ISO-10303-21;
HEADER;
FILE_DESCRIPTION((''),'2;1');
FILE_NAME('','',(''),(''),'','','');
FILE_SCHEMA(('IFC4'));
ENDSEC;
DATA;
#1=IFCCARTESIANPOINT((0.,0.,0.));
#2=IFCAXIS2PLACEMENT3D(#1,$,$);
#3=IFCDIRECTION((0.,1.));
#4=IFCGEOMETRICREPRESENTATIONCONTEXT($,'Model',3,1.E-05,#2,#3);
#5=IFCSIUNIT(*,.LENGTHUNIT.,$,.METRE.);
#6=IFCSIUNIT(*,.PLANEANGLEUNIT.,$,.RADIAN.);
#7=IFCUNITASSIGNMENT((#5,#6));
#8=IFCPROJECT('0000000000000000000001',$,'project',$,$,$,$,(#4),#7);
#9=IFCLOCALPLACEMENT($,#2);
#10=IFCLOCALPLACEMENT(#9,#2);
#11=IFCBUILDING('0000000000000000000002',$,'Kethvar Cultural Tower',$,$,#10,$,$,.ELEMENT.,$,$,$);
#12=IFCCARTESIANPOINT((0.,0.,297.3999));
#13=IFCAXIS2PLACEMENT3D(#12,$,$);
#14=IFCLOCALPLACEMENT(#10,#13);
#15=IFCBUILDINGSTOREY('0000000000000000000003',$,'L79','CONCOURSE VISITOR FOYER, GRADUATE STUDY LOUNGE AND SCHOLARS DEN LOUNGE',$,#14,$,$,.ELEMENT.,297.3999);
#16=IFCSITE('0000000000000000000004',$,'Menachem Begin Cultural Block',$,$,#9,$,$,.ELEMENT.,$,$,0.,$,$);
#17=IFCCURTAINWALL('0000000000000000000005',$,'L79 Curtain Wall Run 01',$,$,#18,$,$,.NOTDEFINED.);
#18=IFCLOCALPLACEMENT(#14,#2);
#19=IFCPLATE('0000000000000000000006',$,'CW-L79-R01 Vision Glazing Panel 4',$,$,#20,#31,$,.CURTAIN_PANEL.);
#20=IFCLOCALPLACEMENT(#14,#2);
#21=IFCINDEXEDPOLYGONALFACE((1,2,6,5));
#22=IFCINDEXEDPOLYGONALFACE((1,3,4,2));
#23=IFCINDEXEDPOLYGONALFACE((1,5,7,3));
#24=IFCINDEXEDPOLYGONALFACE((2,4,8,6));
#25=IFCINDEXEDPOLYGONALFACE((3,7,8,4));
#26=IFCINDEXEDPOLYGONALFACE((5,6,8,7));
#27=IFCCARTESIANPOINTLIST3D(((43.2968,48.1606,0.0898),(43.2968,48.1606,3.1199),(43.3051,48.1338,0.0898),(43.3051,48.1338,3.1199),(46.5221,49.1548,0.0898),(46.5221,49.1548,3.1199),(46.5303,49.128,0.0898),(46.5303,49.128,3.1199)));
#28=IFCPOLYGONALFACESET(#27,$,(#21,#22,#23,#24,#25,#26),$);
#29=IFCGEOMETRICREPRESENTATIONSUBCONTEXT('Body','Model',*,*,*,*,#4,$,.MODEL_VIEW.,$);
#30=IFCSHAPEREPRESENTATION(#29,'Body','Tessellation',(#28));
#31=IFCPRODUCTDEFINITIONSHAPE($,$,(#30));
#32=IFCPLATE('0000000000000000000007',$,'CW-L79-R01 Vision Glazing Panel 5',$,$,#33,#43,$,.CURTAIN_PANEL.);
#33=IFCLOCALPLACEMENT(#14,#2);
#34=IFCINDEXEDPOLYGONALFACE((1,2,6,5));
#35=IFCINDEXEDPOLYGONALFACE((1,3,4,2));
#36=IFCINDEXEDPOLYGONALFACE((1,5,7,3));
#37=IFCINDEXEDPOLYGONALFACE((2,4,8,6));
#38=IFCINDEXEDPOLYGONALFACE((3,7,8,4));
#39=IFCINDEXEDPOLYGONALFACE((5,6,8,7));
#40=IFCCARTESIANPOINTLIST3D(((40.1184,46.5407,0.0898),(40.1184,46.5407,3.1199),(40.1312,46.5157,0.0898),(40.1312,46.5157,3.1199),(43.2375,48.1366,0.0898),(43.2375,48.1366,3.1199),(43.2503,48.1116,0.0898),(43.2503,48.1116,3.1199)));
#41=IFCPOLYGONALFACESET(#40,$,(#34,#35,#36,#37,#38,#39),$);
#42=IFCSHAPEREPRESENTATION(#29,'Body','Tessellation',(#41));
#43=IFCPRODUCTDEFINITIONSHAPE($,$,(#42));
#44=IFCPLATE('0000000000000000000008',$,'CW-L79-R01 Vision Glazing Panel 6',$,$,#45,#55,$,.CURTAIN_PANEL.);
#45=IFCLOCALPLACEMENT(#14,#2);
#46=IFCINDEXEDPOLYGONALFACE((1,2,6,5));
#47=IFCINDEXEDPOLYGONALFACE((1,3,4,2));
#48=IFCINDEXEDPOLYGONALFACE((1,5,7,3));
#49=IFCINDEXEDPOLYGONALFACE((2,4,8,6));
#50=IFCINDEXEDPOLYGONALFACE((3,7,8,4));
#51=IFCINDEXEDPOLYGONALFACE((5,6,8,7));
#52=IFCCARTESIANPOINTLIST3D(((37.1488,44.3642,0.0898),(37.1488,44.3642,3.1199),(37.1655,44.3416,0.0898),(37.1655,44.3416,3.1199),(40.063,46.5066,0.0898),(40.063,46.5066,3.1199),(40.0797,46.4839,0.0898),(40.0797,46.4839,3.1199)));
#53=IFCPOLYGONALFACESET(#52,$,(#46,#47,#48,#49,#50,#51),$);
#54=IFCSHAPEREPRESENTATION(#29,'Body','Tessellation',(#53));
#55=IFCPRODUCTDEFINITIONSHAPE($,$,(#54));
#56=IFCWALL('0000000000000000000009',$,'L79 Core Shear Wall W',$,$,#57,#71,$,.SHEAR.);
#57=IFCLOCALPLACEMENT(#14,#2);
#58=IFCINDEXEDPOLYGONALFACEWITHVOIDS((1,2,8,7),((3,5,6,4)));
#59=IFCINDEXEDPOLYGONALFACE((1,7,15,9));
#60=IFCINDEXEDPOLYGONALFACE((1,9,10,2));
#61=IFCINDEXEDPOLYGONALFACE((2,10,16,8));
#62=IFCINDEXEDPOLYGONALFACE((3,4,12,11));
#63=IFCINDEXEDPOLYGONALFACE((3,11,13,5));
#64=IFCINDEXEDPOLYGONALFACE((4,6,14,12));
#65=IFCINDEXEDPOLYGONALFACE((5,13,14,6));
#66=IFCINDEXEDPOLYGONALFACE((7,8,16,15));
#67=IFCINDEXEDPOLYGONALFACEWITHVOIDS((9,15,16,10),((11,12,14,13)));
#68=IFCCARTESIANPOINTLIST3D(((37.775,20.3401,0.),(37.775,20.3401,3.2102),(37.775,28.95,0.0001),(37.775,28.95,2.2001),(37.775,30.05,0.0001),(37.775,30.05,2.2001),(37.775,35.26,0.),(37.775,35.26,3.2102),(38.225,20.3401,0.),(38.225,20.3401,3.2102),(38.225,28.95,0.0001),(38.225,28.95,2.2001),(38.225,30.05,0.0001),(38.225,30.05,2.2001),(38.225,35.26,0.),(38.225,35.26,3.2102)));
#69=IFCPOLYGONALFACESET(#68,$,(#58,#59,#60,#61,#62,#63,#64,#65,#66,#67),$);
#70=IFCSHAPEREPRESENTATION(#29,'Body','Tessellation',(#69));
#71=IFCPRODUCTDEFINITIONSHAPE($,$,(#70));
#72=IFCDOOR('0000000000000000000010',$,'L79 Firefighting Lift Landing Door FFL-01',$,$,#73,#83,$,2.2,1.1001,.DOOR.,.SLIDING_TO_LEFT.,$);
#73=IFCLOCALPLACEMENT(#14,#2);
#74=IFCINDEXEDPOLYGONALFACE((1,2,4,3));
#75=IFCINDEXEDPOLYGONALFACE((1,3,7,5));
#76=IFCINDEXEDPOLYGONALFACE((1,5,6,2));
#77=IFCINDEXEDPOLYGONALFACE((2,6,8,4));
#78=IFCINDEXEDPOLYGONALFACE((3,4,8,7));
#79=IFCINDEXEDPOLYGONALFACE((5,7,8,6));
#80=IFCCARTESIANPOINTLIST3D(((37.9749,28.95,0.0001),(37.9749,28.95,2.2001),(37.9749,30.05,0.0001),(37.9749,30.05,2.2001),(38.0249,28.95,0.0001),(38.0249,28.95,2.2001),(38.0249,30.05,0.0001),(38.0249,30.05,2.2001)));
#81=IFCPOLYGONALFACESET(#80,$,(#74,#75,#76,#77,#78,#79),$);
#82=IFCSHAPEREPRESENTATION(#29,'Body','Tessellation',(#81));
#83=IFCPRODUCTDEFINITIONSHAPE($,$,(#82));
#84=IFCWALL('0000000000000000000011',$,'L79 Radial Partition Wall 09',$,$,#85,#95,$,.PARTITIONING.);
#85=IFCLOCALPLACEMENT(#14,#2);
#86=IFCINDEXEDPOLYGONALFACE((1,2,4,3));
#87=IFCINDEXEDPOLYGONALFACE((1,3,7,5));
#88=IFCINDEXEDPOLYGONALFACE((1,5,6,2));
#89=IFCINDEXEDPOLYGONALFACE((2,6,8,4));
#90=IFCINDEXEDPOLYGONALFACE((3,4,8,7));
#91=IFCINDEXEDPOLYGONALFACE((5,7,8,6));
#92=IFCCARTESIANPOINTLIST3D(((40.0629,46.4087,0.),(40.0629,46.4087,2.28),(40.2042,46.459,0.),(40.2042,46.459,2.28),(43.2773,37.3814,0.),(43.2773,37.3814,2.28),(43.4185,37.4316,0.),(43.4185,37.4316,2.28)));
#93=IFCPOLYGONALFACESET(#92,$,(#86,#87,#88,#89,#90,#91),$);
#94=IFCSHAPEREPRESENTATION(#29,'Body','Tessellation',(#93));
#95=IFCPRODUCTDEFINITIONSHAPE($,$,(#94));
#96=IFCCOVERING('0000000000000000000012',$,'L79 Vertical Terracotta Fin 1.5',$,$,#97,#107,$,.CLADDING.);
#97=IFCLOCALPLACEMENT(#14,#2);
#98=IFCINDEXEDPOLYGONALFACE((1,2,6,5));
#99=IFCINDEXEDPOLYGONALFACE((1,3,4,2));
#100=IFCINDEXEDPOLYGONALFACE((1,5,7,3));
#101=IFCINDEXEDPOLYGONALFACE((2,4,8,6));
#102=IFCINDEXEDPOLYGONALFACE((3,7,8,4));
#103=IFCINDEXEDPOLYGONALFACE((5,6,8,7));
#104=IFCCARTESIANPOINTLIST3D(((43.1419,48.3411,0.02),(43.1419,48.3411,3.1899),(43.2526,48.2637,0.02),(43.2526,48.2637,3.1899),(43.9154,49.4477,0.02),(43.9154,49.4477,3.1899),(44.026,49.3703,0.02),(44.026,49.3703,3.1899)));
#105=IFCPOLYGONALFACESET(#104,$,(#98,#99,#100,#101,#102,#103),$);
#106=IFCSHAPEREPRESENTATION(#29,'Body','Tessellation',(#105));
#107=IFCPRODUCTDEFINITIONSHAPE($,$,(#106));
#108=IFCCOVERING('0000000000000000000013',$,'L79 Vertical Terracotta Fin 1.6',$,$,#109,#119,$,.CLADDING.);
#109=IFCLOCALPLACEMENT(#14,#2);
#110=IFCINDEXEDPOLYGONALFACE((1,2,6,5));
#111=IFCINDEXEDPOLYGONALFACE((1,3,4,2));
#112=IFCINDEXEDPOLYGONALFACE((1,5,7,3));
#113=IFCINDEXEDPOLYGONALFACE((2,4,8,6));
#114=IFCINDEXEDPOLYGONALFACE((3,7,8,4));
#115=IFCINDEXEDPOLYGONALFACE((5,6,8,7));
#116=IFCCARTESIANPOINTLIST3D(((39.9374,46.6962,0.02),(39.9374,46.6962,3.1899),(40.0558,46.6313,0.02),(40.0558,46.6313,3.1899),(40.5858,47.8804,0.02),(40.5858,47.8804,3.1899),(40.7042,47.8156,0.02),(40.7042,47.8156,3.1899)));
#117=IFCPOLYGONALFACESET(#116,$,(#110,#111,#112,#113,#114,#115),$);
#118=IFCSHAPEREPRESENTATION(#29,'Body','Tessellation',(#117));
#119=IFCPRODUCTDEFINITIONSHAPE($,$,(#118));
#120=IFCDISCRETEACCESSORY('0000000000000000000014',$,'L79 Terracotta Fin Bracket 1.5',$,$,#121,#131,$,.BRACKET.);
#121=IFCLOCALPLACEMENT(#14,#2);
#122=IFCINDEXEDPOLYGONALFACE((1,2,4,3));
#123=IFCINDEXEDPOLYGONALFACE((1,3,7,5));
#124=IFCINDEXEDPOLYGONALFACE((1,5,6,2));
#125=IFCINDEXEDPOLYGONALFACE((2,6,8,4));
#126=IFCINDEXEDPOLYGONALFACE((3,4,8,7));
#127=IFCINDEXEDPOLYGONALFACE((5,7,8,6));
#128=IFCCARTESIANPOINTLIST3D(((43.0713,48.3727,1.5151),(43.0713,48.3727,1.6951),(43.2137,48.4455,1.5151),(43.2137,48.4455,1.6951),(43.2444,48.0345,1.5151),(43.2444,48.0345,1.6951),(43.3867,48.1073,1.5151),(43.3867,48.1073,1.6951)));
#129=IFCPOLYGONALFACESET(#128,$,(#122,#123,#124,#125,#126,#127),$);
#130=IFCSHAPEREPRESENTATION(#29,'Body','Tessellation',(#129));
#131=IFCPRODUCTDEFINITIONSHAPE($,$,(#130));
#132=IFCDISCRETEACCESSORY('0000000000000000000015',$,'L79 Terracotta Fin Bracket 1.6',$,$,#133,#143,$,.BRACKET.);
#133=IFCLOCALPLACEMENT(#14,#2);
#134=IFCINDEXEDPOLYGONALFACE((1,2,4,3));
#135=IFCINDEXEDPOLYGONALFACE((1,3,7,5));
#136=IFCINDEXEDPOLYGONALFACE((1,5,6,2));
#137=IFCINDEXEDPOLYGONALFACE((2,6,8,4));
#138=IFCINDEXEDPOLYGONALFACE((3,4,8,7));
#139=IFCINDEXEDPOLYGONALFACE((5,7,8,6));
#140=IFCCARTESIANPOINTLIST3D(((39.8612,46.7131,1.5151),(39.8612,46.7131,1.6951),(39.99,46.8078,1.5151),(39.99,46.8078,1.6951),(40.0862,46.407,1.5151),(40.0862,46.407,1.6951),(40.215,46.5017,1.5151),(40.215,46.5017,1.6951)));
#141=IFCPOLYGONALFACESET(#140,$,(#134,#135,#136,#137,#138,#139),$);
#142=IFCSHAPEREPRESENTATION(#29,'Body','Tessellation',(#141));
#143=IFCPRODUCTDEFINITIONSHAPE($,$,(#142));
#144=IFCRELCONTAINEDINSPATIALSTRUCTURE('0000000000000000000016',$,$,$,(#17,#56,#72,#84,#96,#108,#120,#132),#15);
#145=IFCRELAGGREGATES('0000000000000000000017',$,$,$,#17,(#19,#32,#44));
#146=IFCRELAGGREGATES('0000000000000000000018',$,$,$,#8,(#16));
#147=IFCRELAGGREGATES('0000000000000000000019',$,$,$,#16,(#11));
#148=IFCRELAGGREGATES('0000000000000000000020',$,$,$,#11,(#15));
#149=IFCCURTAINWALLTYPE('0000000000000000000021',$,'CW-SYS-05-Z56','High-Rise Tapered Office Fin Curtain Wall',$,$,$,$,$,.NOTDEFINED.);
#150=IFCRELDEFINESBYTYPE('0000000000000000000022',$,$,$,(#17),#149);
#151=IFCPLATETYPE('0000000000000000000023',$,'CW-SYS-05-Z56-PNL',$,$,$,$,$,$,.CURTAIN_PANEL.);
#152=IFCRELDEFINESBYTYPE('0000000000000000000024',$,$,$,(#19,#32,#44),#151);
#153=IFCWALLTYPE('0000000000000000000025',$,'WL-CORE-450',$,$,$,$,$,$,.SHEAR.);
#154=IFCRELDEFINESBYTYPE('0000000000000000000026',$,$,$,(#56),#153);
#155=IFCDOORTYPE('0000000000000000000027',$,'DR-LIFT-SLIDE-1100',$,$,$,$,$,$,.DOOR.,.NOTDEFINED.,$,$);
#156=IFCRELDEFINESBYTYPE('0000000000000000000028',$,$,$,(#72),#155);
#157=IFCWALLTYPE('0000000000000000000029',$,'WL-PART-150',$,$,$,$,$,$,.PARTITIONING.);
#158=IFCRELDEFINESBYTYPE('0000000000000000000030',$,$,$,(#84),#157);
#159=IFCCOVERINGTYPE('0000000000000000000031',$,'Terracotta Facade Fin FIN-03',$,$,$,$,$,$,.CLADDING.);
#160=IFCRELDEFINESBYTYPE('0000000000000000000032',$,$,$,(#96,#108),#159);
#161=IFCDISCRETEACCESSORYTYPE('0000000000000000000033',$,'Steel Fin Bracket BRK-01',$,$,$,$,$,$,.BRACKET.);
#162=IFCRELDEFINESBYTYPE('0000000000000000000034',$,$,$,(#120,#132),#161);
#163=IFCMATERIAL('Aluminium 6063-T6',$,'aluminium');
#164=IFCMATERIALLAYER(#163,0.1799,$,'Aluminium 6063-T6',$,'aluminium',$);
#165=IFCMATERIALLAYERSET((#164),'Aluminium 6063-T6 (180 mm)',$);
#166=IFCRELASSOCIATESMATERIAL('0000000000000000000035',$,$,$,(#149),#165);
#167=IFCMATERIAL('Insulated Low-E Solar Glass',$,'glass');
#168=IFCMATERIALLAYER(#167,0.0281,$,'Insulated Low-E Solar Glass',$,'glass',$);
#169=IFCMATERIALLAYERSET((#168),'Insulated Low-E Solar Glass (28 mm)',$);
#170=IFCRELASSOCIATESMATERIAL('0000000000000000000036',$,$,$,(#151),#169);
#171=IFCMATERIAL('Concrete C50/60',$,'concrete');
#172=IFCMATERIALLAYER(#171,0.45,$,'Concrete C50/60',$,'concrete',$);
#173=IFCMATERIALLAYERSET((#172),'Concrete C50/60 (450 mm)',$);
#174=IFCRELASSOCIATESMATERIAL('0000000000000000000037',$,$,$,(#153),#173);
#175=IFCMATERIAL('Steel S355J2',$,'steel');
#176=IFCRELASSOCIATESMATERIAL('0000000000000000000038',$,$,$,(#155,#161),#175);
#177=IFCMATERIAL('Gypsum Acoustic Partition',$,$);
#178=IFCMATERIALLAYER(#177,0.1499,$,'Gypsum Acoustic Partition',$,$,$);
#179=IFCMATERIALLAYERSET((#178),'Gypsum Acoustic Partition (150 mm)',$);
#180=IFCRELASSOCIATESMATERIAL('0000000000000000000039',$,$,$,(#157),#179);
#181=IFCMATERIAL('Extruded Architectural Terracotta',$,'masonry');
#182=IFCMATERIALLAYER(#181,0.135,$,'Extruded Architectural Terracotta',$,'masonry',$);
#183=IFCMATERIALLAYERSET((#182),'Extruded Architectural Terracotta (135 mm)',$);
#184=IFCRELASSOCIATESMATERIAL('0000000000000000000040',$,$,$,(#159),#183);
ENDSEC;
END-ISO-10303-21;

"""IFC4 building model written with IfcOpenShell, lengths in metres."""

from ifc_helpers import new_model, si_unit, direction, frame, frame_2d, origin, origin_2d, place, context, subcontext, project, spatial, rectangle, extrude, source, transform, mapped, material, layer, layer_set, type_object, element, fill, aggregate, save


model = new_model("IFC4")

# Units and contexts
model_context = context("Model", 3, precision=1e-05, world=origin(), true_north=direction((0.0, 1.0)))
body_context = subcontext(model_context, "Body", "Model", "MODEL_VIEW")
ifc_project = project(units=[si_unit("LENGTHUNIT", "METRE"), si_unit("PLANEANGLEUNIT", "RADIAN")], contexts=[model_context])

# Site, building, storey
site_placement = place(None, origin())
site = spatial("IfcSite", under=ifc_project, at=site_placement, Name="Menachem Begin Cultural Block", CompositionType="ELEMENT", RefElevation=0.0)
building_placement = place(site_placement, origin())
building = spatial("IfcBuilding", under=site, at=building_placement, Name="Kethvar Cultural Tower", CompositionType="ELEMENT")
storey_placement = place(building_placement, frame((0.0, 0.0, 297.3999)))
storey = spatial("IfcBuildingStorey", under=building, at=storey_placement, Name="L79", Description="CONCOURSE VISITOR FOYER, GRADUATE STUDY LOUNGE AND SCHOLARS DEN LOUNGE", CompositionType="ELEMENT", Elevation=297.3999)

# Shared definitions
ifc_material_1 = material(Name="Steel S355J2", Category="steel")

# Curtain wall, plates
ifc_material_2 = material(Name="Aluminium 6063-T6", Category="aluminium")
ifc_layer_1 = layer(ifc_material_2, 0.1799, Name="Aluminium 6063-T6", Category="aluminium")
ifc_layer_set_1 = layer_set([ifc_layer_1], Name="Aluminium 6063-T6 (180 mm)")
curtain_wall_type = type_object("IfcCurtainWallType", Name="CW-SYS-05-Z56", Description="High-Rise Tapered Office Fin Curtain Wall", PredefinedType="NOTDEFINED", material=ifc_layer_set_1)
curtain_wall_placement = place(storey_placement, origin())
curtain_wall = element("IfcCurtainWall", 1, at=curtain_wall_placement, inside=storey, type_object=curtain_wall_type, Name="L79 Curtain Wall Run 01", PredefinedType="NOTDEFINED")
ifc_material_3 = material(Name="Insulated Low-E Solar Glass", Category="glass")
ifc_layer_2 = layer(ifc_material_3, 0.0281, Name="Insulated Low-E Solar Glass", Category="glass")
ifc_layer_set_2 = layer_set([ifc_layer_2], Name="Insulated Low-E Solar Glass (28 mm)")
plate_type = type_object("IfcPlateType", Name="CW-SYS-05-Z56-PNL", PredefinedType="CURTAIN_PANEL", material=ifc_layer_set_2)
shared_shape_1 = source(origin(), body_context, "Body", "SweptSolid", [
    extrude(rectangle(XDim=3.375, YDim=0.0281, at=origin_2d()), origin(), (0.0, 0.0, 1.0), 3.03),
])
plate_1_placement = place(storey_placement, frame((44.9136, 48.6443, 0.0898), z_axis=(0.0, 0.0, 1.0), x_axis=(-0.955629, -0.294574, 0.0)))
plate_1 = element("IfcPlate", 2, at=plate_1_placement, type_object=plate_type, Name="CW-L79-R01 Vision Glazing Panel 4", PredefinedType="CURTAIN_PANEL", context=body_context, shape_type="MappedRepresentation", body=[
    mapped(shared_shape_1, transform((0.0, 0.0, 0.0), scale=1.0)),
])
shared_shape_2 = source(origin(), body_context, "Body", "SweptSolid", [
    extrude(rectangle(XDim=3.5037, YDim=0.0281, at=origin_2d()), origin(), (0.0, 0.0, 1.0), 3.03),
])
plate_2_placement = place(storey_placement, frame((41.6843, 47.3262, 0.0898), z_axis=(0.0, 0.0, 1.0), x_axis=(-0.890245, -0.455483, 0.0)))
plate_2 = element("IfcPlate", 3, at=plate_2_placement, type_object=plate_type, Name="CW-L79-R01 Vision Glazing Panel 5", PredefinedType="CURTAIN_PANEL", context=body_context, shape_type="MappedRepresentation", body=[
    mapped(shared_shape_2, transform((0.0, 0.0, 0.0), scale=1.0)),
])
shared_shape_3 = source(origin(), body_context, "Body", "SweptSolid", [
    extrude(rectangle(XDim=3.6169, YDim=0.0281, at=origin_2d()), origin(), (0.0, 0.0, 1.0), 3.03),
])
plate_3_placement = place(storey_placement, frame((38.6143, 45.4241, 0.0898), z_axis=(0.0, 0.0, 1.0), x_axis=(-0.805711, -0.592309, 0.0)))
plate_3 = element("IfcPlate", 4, at=plate_3_placement, type_object=plate_type, Name="CW-L79-R01 Vision Glazing Panel 6", PredefinedType="CURTAIN_PANEL", context=body_context, shape_type="MappedRepresentation", body=[
    mapped(shared_shape_3, transform((0.0, 0.0, 0.0), scale=1.0)),
])
aggregate(curtain_wall, [plate_1, plate_2, plate_3])

# Wall, opening, door
ifc_material_4 = material(Name="Concrete C50/60", Category="concrete")
ifc_layer_3 = layer(ifc_material_4, 0.45, Name="Concrete C50/60", Category="concrete")
ifc_layer_set_3 = layer_set([ifc_layer_3], Name="Concrete C50/60 (450 mm)")
wall_type_1 = type_object("IfcWallType", Name="WL-CORE-450", PredefinedType="SHEAR", material=ifc_layer_set_3)
wall_1_placement = place(storey_placement, frame((38.0, 35.26, 0.0), z_axis=(0.0, 0.0, 1.0), x_axis=(0.0, -1.0, 0.0)))
wall_1 = element("IfcWall", 5, at=wall_1_placement, inside=storey, type_object=wall_type_1, Name="L79 Core Shear Wall W", PredefinedType="SHEAR", context=body_context, shape_type="SweptSolid", body=[
    extrude(rectangle(XDim=14.9199, YDim=0.45, at=frame_2d((7.46, 0.0))), origin(), (0.0, 0.0, 1.0), 3.2102),
])
opening_placement = place(wall_1_placement, frame((5.21, 0.0, 0.0)))
opening = element("IfcOpeningElement", 6, at=opening_placement, cuts=wall_1, PredefinedType="OPENING", context=body_context, shape_type="SweptSolid", body=[
    extrude(rectangle(XDim=1.1001, YDim=2.2, at=frame_2d((0.55, 1.1001))), frame((0.0, 0.2349, 0.0), z_axis=(0.0, -1.0, 0.0), x_axis=(1.0, 0.0, 0.0)), (0.0, 0.0, 1.0), 0.47),
])
door_type = type_object("IfcDoorType", Name="DR-LIFT-SLIDE-1100", OperationType="NOTDEFINED", PredefinedType="DOOR", material=ifc_material_1)
shared_shape_4 = source(origin(), body_context, "Body", "SweptSolid", [
    extrude(rectangle(XDim=1.1001, YDim=2.2, at=frame_2d((0.55, 1.1001))), frame((0.0, 0.0249, 0.0), z_axis=(0.0, -1.0, 0.0), x_axis=(1.0, 0.0, 0.0)), (0.0, 0.0, 1.0), 0.05),
])
door_placement = place(opening_placement, origin())
door = element("IfcDoor", 7, at=door_placement, inside=storey, type_object=door_type, Name="L79 Firefighting Lift Landing Door FFL-01", OperationType="SLIDING_TO_LEFT", OverallHeight=2.2, OverallWidth=1.1001, PredefinedType="DOOR", context=body_context, shape_type="MappedRepresentation", body=[
    mapped(shared_shape_4, transform((0.0, 0.0, 0.0), scale=1.0)),
])
fill(opening, door)

# Wall
ifc_material_5 = material(Name="Gypsum Acoustic Partition")
ifc_layer_4 = layer(ifc_material_5, 0.1499, Name="Gypsum Acoustic Partition")
ifc_layer_set_4 = layer_set([ifc_layer_4], Name="Gypsum Acoustic Partition (150 mm)")
wall_type_2 = type_object("IfcWallType", Name="WL-PART-150", PredefinedType="PARTITIONING", material=ifc_layer_set_4)
wall_2_placement = place(storey_placement, frame((43.3479, 37.4065, 0.0), z_axis=(0.0, 0.0, 1.0), x_axis=(-0.335439, 0.942062, 0.0)))
element("IfcWall", 8, at=wall_2_placement, inside=storey, type_object=wall_type_2, Name="L79 Radial Partition Wall 09", PredefinedType="PARTITIONING", context=body_context, shape_type="SweptSolid", body=[
    extrude(rectangle(XDim=9.5825, YDim=0.1499, at=frame_2d((4.7913, 0.0))), origin(), (0.0, 0.0, 1.0), 2.28),
])

# Coverings
ifc_material_6 = material(Name="Extruded Architectural Terracotta", Category="masonry")
ifc_layer_5 = layer(ifc_material_6, 0.135, Name="Extruded Architectural Terracotta", Category="masonry")
ifc_layer_set_5 = layer_set([ifc_layer_5], Name="Extruded Architectural Terracotta (135 mm)")
covering_type = type_object("IfcCoveringType", Name="Terracotta Facade Fin FIN-03", PredefinedType="CLADDING", material=ifc_layer_set_5)
shared_shape_5 = source(origin(), body_context, "Body", "SweptSolid", [
    extrude(rectangle(XDim=1.3501, YDim=0.135, at=origin_2d()), origin(), (0.0, 0.0, 1.0), 3.1699),
])
for number, where, z_axis, x_axis, name in (
    (9, (43.584, 48.8557, 0.02), (0.0, 0.0, 1.0), (0.572861, 0.819652, 0.0), "L79 Vertical Terracotta Fin 1.5"),
    (10, (40.3208, 47.2559, 0.02), (0.0, 0.0, 1.0), (0.480223, 0.877146, 0.0), "L79 Vertical Terracotta Fin 1.6"),
):
    element("IfcCovering", number, at=place(storey_placement, frame(where, z_axis=z_axis, x_axis=x_axis)), inside=storey, type_object=covering_type, Name=name, PredefinedType="CLADDING", context=body_context, shape_type="MappedRepresentation", body=[
        mapped(shared_shape_5, transform((0.0, 0.0, 0.0), scale=1.0)),
    ])

# Discrete accessories
discrete_accessory_type = type_object("IfcDiscreteAccessoryType", Name="Steel Fin Bracket BRK-01", PredefinedType="BRACKET", material=ifc_material_1)
shared_shape_6 = source(origin(), body_context, "Body", "SweptSolid", [
    extrude(rectangle(XDim=0.3799, YDim=0.1599, at=origin_2d()), origin(), (0.0, 0.0, 1.0), 0.1799),
])
for number, where, z_axis, x_axis, name in (
    (11, (43.229, 48.24, 1.5151), (0.0, 0.0, 1.0), (-0.455545, 0.890213, 0.0), "L79 Terracotta Fin Bracket 1.5"),
    (12, (40.0381, 46.6074, 1.5151), (0.0, 0.0, 1.0), (-0.592294, 0.805722, 0.0), "L79 Terracotta Fin Bracket 1.6"),
):
    element("IfcDiscreteAccessory", number, at=place(storey_placement, frame(where, z_axis=z_axis, x_axis=x_axis)), inside=storey, type_object=discrete_accessory_type, Name=name, PredefinedType="BRACKET", context=body_context, shape_type="MappedRepresentation", body=[
        mapped(shared_shape_6, transform((0.0, 0.0, 0.0), scale=1.0)),
    ])

save(model, "model.ifc")
